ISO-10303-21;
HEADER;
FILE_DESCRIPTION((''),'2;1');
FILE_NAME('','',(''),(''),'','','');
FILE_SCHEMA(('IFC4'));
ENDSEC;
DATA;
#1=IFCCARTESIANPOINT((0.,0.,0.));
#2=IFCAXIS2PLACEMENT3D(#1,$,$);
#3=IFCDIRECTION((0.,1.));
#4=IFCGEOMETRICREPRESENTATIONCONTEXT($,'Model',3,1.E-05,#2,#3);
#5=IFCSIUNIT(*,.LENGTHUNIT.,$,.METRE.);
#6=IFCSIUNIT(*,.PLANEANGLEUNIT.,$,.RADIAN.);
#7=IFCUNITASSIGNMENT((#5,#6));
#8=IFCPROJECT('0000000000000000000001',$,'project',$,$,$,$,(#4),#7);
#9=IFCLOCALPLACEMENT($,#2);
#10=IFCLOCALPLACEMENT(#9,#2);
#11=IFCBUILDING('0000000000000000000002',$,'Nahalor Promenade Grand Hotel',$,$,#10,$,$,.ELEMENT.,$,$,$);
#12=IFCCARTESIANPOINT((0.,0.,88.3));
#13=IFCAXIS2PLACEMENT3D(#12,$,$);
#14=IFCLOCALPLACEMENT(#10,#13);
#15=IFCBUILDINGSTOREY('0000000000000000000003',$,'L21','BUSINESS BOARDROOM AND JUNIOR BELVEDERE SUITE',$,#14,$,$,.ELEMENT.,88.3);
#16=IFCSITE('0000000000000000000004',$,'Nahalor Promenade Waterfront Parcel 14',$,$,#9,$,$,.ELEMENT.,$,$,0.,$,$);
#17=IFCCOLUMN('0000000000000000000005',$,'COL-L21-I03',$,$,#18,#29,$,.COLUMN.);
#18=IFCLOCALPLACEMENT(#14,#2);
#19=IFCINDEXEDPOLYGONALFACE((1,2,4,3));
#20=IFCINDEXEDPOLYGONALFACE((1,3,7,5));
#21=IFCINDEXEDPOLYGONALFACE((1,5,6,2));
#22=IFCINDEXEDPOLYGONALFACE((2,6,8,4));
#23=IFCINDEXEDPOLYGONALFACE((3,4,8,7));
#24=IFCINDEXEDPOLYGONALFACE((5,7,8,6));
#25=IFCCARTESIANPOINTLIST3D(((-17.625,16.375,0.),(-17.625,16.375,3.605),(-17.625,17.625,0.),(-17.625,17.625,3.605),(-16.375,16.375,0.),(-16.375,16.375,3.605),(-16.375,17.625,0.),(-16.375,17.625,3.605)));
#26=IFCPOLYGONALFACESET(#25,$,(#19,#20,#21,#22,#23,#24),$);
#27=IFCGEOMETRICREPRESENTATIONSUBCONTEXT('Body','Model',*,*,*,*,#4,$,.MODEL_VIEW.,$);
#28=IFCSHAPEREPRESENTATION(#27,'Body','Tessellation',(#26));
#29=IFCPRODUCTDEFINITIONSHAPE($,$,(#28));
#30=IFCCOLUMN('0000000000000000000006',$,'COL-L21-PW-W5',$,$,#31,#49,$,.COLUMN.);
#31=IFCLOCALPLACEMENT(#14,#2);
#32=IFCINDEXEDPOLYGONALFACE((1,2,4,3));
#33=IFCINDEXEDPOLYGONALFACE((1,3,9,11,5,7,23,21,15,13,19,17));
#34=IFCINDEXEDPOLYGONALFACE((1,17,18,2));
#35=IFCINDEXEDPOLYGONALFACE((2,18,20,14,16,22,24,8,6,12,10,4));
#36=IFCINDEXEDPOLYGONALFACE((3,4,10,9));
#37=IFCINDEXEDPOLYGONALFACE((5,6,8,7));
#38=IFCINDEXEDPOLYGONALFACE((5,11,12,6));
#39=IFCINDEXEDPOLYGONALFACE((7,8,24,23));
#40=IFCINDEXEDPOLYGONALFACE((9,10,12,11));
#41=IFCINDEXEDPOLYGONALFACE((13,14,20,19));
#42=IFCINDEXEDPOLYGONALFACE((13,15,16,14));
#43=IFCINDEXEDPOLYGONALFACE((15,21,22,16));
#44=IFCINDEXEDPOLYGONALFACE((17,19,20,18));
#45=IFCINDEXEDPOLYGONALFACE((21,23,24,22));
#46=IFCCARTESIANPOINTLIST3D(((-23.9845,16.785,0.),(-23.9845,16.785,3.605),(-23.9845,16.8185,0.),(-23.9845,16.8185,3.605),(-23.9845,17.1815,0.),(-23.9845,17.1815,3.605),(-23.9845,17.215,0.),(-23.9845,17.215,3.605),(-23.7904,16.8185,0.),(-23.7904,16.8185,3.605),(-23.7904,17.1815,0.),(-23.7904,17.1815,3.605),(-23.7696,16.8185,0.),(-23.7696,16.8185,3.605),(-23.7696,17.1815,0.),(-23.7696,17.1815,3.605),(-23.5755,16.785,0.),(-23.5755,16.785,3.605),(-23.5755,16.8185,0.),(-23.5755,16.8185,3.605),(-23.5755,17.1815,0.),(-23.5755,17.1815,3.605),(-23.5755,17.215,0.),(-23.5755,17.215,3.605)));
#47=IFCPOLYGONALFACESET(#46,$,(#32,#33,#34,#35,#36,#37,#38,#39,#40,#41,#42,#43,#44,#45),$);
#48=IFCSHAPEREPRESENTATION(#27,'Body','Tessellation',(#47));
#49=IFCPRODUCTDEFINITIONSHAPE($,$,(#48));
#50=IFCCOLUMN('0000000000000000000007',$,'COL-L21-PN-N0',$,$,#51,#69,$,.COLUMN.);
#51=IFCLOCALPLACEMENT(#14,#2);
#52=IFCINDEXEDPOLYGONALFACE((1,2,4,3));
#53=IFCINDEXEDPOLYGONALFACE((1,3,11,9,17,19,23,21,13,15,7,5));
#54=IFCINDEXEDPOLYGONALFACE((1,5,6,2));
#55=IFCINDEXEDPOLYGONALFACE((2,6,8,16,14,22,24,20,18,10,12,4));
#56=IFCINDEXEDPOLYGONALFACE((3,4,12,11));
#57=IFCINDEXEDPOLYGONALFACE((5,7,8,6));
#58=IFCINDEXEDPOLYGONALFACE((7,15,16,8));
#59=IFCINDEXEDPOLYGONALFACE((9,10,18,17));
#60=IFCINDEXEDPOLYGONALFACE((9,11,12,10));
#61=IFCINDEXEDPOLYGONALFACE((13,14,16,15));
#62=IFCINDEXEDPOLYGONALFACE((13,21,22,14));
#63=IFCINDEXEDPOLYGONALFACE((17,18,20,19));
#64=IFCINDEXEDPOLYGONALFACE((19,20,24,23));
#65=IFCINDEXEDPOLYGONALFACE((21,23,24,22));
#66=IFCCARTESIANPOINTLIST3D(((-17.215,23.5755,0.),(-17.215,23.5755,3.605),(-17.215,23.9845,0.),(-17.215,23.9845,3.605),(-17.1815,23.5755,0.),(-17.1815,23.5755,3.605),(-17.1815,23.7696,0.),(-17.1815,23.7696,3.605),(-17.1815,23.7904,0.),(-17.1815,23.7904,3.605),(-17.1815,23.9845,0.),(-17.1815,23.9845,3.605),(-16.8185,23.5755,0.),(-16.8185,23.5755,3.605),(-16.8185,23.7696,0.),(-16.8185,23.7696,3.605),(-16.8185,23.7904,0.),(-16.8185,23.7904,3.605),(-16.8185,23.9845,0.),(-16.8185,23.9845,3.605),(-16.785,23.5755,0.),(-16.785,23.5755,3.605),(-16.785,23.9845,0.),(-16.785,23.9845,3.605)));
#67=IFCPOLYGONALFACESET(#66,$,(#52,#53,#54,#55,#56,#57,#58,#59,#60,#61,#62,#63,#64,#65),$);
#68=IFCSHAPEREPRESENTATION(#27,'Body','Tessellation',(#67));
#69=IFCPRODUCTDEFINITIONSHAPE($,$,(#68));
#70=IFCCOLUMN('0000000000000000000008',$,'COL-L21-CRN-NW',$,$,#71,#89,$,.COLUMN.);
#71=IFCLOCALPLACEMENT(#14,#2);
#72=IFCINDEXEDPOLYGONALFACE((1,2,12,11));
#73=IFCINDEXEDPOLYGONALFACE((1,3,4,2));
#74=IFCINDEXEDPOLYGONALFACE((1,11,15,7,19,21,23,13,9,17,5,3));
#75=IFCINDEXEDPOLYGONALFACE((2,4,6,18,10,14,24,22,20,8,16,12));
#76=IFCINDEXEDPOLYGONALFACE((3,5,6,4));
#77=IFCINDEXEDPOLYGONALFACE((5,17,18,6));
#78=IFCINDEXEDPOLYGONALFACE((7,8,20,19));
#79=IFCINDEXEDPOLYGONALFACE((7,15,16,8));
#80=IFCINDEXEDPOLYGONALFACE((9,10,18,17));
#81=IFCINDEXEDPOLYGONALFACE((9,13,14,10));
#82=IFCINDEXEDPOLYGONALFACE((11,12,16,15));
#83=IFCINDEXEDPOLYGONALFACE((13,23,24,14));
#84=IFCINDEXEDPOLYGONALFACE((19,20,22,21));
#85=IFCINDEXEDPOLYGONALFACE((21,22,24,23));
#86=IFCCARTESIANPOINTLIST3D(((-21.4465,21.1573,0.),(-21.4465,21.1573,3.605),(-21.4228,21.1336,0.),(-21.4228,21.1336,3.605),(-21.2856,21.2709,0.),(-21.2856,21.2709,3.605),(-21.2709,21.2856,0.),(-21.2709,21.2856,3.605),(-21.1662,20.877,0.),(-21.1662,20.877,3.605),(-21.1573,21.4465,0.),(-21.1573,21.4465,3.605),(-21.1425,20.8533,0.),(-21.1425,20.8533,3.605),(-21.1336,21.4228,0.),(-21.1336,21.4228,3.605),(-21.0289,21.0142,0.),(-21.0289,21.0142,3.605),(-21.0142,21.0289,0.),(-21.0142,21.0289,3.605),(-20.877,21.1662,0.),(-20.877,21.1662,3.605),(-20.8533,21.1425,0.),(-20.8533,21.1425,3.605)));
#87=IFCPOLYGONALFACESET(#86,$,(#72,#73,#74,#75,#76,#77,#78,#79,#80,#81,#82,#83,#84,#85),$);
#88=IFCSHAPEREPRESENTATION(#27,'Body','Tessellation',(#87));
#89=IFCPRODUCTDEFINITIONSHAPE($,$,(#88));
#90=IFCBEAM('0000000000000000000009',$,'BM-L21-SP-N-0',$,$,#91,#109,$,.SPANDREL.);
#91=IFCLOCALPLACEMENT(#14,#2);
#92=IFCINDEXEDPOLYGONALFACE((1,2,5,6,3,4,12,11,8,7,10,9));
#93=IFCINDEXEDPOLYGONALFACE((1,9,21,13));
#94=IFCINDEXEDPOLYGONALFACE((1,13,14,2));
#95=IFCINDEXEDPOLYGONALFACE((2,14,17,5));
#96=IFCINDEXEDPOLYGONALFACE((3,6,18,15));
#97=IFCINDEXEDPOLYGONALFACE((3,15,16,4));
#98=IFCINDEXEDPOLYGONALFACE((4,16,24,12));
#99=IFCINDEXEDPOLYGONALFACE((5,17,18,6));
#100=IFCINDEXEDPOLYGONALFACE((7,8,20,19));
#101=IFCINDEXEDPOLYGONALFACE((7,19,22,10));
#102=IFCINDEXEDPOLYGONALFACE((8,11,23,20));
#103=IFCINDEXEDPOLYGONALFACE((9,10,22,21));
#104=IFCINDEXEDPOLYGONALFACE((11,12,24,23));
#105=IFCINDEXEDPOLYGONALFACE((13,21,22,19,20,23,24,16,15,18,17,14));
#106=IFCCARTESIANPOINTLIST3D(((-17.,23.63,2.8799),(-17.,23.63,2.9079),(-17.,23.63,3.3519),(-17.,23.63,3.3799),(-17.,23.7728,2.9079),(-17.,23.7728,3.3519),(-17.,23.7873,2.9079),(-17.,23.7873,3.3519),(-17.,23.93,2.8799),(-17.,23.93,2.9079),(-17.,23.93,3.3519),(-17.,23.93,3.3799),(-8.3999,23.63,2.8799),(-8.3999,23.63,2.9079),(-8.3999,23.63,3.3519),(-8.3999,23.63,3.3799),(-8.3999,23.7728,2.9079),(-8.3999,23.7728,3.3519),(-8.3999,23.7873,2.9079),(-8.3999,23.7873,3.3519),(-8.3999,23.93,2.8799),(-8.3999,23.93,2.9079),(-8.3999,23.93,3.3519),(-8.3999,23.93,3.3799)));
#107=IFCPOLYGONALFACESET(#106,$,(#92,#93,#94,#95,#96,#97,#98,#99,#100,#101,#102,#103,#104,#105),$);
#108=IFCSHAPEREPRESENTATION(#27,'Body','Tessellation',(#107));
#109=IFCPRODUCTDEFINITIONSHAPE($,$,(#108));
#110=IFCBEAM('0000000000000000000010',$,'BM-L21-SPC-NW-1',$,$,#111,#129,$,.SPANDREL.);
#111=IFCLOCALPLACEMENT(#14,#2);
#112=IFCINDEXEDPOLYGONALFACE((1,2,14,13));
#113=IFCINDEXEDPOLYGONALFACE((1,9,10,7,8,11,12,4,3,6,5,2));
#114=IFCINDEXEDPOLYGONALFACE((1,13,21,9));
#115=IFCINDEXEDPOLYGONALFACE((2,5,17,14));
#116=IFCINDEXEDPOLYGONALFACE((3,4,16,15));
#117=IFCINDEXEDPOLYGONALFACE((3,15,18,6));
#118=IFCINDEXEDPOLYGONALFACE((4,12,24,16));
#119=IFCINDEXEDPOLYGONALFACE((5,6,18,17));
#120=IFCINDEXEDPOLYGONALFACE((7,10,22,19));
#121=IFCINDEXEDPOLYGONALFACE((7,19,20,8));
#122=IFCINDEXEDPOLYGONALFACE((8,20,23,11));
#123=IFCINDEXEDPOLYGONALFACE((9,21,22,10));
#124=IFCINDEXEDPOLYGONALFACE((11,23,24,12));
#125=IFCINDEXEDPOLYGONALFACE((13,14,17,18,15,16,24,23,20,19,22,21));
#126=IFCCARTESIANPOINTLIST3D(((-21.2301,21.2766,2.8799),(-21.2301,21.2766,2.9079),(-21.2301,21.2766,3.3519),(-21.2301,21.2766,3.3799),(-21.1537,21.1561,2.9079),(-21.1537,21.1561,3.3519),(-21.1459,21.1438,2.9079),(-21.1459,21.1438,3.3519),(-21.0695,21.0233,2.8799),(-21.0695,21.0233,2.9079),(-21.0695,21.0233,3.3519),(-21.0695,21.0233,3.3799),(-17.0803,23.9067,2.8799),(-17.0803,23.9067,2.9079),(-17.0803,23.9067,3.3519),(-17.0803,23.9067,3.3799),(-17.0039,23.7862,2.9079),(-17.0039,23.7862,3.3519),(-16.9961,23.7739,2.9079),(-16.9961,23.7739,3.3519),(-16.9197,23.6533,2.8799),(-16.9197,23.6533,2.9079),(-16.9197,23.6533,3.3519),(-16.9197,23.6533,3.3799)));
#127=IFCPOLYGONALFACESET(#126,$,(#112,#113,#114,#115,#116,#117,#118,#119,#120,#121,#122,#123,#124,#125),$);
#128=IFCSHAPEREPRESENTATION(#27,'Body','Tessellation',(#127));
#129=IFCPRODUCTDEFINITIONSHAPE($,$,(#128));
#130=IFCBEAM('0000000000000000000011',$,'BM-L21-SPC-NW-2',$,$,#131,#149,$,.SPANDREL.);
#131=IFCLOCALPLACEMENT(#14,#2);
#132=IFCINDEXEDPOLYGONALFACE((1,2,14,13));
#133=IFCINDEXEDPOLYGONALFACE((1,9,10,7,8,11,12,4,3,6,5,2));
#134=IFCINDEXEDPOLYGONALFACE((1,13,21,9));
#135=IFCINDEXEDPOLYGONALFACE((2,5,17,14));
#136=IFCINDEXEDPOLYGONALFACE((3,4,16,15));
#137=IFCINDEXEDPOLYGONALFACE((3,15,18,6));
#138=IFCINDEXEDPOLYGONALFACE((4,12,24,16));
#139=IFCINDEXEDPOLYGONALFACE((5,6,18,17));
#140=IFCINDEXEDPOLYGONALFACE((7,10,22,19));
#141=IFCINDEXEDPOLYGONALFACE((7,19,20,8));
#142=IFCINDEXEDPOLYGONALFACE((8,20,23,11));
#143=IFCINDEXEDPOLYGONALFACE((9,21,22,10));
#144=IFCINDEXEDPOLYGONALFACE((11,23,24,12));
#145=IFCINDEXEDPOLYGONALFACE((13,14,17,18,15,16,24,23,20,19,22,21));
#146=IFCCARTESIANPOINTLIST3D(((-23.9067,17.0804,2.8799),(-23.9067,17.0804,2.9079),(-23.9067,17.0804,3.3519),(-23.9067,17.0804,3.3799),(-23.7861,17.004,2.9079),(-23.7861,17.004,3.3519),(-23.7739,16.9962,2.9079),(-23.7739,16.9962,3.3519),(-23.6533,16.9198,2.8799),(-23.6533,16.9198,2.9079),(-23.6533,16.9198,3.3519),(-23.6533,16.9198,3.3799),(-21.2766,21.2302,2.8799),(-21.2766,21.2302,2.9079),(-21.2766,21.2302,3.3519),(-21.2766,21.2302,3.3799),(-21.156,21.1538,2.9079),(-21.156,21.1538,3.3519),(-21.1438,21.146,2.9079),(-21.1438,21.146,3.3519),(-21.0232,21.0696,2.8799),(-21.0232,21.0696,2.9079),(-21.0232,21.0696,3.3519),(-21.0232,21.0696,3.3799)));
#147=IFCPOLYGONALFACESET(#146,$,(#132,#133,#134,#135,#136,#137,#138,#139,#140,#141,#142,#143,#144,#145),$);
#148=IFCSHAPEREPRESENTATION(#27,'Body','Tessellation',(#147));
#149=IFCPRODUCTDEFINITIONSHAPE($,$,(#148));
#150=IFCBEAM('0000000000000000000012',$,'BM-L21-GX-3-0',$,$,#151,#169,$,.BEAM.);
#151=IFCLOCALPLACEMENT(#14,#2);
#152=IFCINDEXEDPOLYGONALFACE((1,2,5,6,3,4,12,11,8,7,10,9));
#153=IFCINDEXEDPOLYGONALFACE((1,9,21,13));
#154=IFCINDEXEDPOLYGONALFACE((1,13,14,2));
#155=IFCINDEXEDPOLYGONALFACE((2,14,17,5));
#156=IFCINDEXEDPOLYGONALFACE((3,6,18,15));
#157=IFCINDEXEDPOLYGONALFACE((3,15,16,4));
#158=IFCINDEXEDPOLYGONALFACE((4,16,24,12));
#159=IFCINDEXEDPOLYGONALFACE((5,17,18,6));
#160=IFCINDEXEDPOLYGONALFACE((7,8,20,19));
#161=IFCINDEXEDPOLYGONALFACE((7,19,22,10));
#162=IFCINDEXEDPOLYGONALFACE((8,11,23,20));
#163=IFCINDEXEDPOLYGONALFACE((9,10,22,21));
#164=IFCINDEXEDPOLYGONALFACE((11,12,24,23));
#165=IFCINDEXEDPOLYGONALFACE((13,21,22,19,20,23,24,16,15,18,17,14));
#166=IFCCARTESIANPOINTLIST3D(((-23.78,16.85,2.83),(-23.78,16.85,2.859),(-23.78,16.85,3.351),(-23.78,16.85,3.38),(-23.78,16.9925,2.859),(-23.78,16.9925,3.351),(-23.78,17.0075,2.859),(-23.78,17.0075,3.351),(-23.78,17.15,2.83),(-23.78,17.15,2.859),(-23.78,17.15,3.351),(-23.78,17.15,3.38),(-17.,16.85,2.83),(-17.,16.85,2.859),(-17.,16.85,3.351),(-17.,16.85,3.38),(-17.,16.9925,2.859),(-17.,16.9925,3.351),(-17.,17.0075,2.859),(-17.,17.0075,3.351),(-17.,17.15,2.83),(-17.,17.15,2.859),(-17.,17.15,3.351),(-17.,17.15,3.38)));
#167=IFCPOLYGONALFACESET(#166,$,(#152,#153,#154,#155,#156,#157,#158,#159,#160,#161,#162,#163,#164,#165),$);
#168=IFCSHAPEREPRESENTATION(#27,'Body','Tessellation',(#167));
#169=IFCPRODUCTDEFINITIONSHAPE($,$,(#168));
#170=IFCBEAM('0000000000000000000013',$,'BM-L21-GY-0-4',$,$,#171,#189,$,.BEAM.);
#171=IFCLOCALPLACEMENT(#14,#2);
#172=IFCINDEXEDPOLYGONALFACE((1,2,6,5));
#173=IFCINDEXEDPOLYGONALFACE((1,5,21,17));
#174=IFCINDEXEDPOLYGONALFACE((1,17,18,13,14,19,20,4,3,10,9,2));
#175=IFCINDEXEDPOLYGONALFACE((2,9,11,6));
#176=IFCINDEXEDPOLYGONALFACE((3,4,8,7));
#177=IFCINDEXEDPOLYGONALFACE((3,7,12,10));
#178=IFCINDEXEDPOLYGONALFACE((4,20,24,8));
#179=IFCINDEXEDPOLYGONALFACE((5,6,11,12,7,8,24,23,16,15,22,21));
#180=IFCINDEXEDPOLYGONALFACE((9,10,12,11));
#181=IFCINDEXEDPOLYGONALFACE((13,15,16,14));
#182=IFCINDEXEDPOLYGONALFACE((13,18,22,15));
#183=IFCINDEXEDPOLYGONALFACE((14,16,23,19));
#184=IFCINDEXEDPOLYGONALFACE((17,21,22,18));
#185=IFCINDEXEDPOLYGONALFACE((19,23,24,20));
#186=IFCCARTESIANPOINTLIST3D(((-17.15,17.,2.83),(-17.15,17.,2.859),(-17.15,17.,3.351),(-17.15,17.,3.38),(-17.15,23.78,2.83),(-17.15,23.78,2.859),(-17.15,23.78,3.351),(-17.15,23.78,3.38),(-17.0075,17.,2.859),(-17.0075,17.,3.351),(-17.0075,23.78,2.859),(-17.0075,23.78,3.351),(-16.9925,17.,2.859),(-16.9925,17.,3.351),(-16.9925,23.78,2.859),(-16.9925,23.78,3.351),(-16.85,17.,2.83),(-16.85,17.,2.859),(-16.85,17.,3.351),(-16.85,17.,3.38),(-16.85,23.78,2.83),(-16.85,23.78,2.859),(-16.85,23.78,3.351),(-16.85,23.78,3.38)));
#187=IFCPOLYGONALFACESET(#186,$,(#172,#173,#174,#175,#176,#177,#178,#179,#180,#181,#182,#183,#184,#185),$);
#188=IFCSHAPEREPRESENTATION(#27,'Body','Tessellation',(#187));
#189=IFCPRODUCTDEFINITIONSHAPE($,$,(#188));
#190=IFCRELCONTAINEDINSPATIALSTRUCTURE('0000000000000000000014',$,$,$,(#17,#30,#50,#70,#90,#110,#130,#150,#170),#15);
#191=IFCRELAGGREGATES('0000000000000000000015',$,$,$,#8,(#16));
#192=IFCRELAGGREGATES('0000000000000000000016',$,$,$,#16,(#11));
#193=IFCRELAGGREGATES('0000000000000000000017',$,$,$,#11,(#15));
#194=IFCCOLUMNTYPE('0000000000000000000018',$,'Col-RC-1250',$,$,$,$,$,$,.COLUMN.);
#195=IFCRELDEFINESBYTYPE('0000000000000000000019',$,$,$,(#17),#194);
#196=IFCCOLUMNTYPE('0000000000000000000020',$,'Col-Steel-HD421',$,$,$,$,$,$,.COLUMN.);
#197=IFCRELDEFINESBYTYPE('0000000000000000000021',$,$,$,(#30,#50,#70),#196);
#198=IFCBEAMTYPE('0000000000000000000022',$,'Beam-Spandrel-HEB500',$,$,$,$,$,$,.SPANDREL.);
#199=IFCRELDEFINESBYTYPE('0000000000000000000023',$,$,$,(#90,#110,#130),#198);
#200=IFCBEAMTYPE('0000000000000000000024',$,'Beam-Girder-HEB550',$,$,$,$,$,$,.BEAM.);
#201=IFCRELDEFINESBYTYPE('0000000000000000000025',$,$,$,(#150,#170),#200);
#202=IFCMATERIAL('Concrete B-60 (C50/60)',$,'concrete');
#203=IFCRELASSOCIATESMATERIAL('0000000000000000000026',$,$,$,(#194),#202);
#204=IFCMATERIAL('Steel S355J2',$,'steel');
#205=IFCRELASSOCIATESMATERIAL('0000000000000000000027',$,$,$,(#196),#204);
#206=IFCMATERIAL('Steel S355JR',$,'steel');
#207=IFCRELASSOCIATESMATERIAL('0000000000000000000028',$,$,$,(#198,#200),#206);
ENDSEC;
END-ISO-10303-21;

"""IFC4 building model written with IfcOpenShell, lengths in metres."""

from ifc_helpers import new_model, si_unit, direction, frame, origin, origin_2d, place, context, subcontext, project, spatial, rectangle, i_section, extrude, source, transform, mapped, material, material_profile, profile_set, type_object, element, save


model = new_model("IFC4")

# Units and contexts
model_context = context("Model", 3, precision=1e-05, world=origin(), true_north=direction((0.0, 1.0)))
body_context = subcontext(model_context, "Body", "Model", "MODEL_VIEW")
ifc_project = project(units=[si_unit("LENGTHUNIT", "METRE"), si_unit("PLANEANGLEUNIT", "RADIAN")], contexts=[model_context])

# Site, building, storey
site_placement = place(None, origin())
site = spatial("IfcSite", under=ifc_project, at=site_placement, Name="Nahalor Promenade Waterfront Parcel 14", CompositionType="ELEMENT", RefElevation=0.0)
building_placement = place(site_placement, origin())
building = spatial("IfcBuilding", under=site, at=building_placement, Name="Nahalor Promenade Grand Hotel", CompositionType="ELEMENT")
storey_placement = place(building_placement, frame((0.0, 0.0, 88.3)))
storey = spatial("IfcBuildingStorey", under=building, at=storey_placement, Name="L21", Description="BUSINESS BOARDROOM AND JUNIOR BELVEDERE SUITE", CompositionType="ELEMENT", Elevation=88.3)

# Columns
ifc_material_1 = material(Name="Concrete B-60 (C50/60)", Category="concrete")
ifc_material_profile_1 = material_profile(ifc_material_1, rectangle(XDim=1.25, YDim=1.25, at=origin_2d()), Name="RC 1250x1250")
ifc_profile_set_1 = profile_set([ifc_material_profile_1], Name="Concrete B-60 (C50/60)")
column_type_1 = type_object("IfcColumnType", Name="Col-RC-1250", PredefinedType="COLUMN", material=ifc_profile_set_1)
shared_shape_1 = source(origin(), body_context, "Body", "SweptSolid", [
    extrude(rectangle(XDim=1.25, YDim=1.25, at=origin_2d()), origin(), (0.0, 0.0, 1.0), 3.605),
])
column_placement = place(storey_placement, frame((-17.0, 17.0, 0.0), z_axis=(0.0, 0.0, 1.0), x_axis=(1.0, 0.0, 0.0)))
element("IfcColumn", 1, at=column_placement, inside=storey, type_object=column_type_1, Name="COL-L21-I03", PredefinedType="COLUMN", context=body_context, shape_type="MappedRepresentation", body=[
    mapped(shared_shape_1, transform((0.0, 0.0, 0.0), scale=1.0)),
])
ifc_material_2 = material(Name="Steel S355J2", Category="steel")
ifc_material_profile_2 = material_profile(ifc_material_2, i_section(OverallWidth=0.409, OverallDepth=0.43, WebThickness=0.0208, FlangeThickness=0.0335, at=origin_2d()), Name="HD 400x421")
ifc_profile_set_2 = profile_set([ifc_material_profile_2], Name="Steel S355J2")
column_type_2 = type_object("IfcColumnType", Name="Col-Steel-HD421", PredefinedType="COLUMN", material=ifc_profile_set_2)
shared_shape_2 = source(origin(), body_context, "Body", "SweptSolid", [
    extrude(i_section(OverallWidth=0.409, OverallDepth=0.43, WebThickness=0.0208, FlangeThickness=0.0335, at=origin_2d()), origin(), (0.0, 0.0, 1.0), 3.605),
])
for number, where, z_axis, x_axis, name in (
    (2, (-23.78, 17.0, 0.0), (0.0, 0.0, 1.0), (1.0, 0.0, 0.0), "COL-L21-PW-W5"),
    (3, (-17.0, 23.78, 0.0), (0.0, 0.0, 1.0), (0.0, 1.0, 0.0), "COL-L21-PN-N0"),
    (4, (-21.1499, 21.1499, 0.0), (0.0, 0.0, 1.0), (0.707107, 0.707107, 0.0), "COL-L21-CRN-NW"),
):
    element("IfcColumn", number, at=place(storey_placement, frame(where, z_axis=z_axis, x_axis=x_axis)), inside=storey, type_object=column_type_2, Name=name, PredefinedType="COLUMN", context=body_context, shape_type="MappedRepresentation", body=[
        mapped(shared_shape_2, transform((0.0, 0.0, 0.0), scale=1.0)),
    ])

# Beams
ifc_material_3 = material(Name="Steel S355JR", Category="steel")
ifc_material_profile_3 = material_profile(ifc_material_3, i_section(OverallWidth=0.3, OverallDepth=0.5, WebThickness=0.0145, FlangeThickness=0.028, at=origin_2d()), Name="HEB 500")
ifc_profile_set_3 = profile_set([ifc_material_profile_3], Name="Steel S355JR")
beam_type_1 = type_object("IfcBeamType", Name="Beam-Spandrel-HEB500", PredefinedType="SPANDREL", material=ifc_profile_set_3)
shared_shape_3 = source(origin(), body_context, "Body", "SweptSolid", [
    extrude(i_section(OverallWidth=0.3, OverallDepth=0.5, WebThickness=0.0145, FlangeThickness=0.028, at=origin_2d()), origin(), (0.0, 0.0, 1.0), 8.6001),
])
beam_1_placement = place(storey_placement, frame((-17.0, 23.78, 3.1299), z_axis=(1.0, 0.0, 0.0), x_axis=(0.0, 1.0, 0.0)))
element("IfcBeam", 5, at=beam_1_placement, inside=storey, type_object=beam_type_1, Name="BM-L21-SP-N-0", PredefinedType="SPANDREL", context=body_context, shape_type="MappedRepresentation", body=[
    mapped(shared_shape_3, transform((0.0, 0.0, 0.0), scale=1.0)),
])
shared_shape_4 = source(origin(), body_context, "Body", "SweptSolid", [
    extrude(i_section(OverallWidth=0.3, OverallDepth=0.5, WebThickness=0.0145, FlangeThickness=0.028, at=origin_2d()), origin(), (0.0, 0.0, 1.0), 4.9131),
])
for number, where, z_axis, x_axis, name in (
    (6, (-17.0, 23.78, 3.1299), (-0.844648, -0.535322, 0.0), (0.535322, -0.844648, 0.0), "BM-L21-SPC-NW-1"),
    (7, (-21.1499, 21.1499, 3.1299), (-0.535322, -0.844648, 0.0), (0.844648, -0.535322, 0.0), "BM-L21-SPC-NW-2"),
):
    element("IfcBeam", number, at=place(storey_placement, frame(where, z_axis=z_axis, x_axis=x_axis)), inside=storey, type_object=beam_type_1, Name=name, PredefinedType="SPANDREL", context=body_context, shape_type="MappedRepresentation", body=[
        mapped(shared_shape_4, transform((0.0, 0.0, 0.0), scale=1.0)),
    ])
ifc_material_profile_4 = material_profile(ifc_material_3, i_section(OverallWidth=0.3, OverallDepth=0.55, WebThickness=0.015, FlangeThickness=0.029, at=origin_2d()), Name="HEB 550")
ifc_profile_set_4 = profile_set([ifc_material_profile_4], Name="Steel S355JR")
beam_type_2 = type_object("IfcBeamType", Name="Beam-Girder-HEB550", PredefinedType="BEAM", material=ifc_profile_set_4)
shared_shape_5 = source(origin(), body_context, "Body", "SweptSolid", [
    extrude(i_section(OverallWidth=0.3, OverallDepth=0.55, WebThickness=0.015, FlangeThickness=0.029, at=origin_2d()), origin(), (0.0, 0.0, 1.0), 6.78),
])
for number, where, z_axis, x_axis, name in (
    (8, (-23.78, 17.0, 3.105), (1.0, 0.0, 0.0), (0.0, 1.0, 0.0), "BM-L21-GX-3-0"),
    (9, (-17.0, 17.0, 3.105), (0.0, 1.0, 0.0), (-1.0, 0.0, 0.0), "BM-L21-GY-0-4"),
):
    element("IfcBeam", number, at=place(storey_placement, frame(where, z_axis=z_axis, x_axis=x_axis)), inside=storey, type_object=beam_type_2, Name=name, PredefinedType="BEAM", context=body_context, shape_type="MappedRepresentation", body=[
        mapped(shared_shape_5, transform((0.0, 0.0, 0.0), scale=1.0)),
    ])

save(model, "model.ifc")
